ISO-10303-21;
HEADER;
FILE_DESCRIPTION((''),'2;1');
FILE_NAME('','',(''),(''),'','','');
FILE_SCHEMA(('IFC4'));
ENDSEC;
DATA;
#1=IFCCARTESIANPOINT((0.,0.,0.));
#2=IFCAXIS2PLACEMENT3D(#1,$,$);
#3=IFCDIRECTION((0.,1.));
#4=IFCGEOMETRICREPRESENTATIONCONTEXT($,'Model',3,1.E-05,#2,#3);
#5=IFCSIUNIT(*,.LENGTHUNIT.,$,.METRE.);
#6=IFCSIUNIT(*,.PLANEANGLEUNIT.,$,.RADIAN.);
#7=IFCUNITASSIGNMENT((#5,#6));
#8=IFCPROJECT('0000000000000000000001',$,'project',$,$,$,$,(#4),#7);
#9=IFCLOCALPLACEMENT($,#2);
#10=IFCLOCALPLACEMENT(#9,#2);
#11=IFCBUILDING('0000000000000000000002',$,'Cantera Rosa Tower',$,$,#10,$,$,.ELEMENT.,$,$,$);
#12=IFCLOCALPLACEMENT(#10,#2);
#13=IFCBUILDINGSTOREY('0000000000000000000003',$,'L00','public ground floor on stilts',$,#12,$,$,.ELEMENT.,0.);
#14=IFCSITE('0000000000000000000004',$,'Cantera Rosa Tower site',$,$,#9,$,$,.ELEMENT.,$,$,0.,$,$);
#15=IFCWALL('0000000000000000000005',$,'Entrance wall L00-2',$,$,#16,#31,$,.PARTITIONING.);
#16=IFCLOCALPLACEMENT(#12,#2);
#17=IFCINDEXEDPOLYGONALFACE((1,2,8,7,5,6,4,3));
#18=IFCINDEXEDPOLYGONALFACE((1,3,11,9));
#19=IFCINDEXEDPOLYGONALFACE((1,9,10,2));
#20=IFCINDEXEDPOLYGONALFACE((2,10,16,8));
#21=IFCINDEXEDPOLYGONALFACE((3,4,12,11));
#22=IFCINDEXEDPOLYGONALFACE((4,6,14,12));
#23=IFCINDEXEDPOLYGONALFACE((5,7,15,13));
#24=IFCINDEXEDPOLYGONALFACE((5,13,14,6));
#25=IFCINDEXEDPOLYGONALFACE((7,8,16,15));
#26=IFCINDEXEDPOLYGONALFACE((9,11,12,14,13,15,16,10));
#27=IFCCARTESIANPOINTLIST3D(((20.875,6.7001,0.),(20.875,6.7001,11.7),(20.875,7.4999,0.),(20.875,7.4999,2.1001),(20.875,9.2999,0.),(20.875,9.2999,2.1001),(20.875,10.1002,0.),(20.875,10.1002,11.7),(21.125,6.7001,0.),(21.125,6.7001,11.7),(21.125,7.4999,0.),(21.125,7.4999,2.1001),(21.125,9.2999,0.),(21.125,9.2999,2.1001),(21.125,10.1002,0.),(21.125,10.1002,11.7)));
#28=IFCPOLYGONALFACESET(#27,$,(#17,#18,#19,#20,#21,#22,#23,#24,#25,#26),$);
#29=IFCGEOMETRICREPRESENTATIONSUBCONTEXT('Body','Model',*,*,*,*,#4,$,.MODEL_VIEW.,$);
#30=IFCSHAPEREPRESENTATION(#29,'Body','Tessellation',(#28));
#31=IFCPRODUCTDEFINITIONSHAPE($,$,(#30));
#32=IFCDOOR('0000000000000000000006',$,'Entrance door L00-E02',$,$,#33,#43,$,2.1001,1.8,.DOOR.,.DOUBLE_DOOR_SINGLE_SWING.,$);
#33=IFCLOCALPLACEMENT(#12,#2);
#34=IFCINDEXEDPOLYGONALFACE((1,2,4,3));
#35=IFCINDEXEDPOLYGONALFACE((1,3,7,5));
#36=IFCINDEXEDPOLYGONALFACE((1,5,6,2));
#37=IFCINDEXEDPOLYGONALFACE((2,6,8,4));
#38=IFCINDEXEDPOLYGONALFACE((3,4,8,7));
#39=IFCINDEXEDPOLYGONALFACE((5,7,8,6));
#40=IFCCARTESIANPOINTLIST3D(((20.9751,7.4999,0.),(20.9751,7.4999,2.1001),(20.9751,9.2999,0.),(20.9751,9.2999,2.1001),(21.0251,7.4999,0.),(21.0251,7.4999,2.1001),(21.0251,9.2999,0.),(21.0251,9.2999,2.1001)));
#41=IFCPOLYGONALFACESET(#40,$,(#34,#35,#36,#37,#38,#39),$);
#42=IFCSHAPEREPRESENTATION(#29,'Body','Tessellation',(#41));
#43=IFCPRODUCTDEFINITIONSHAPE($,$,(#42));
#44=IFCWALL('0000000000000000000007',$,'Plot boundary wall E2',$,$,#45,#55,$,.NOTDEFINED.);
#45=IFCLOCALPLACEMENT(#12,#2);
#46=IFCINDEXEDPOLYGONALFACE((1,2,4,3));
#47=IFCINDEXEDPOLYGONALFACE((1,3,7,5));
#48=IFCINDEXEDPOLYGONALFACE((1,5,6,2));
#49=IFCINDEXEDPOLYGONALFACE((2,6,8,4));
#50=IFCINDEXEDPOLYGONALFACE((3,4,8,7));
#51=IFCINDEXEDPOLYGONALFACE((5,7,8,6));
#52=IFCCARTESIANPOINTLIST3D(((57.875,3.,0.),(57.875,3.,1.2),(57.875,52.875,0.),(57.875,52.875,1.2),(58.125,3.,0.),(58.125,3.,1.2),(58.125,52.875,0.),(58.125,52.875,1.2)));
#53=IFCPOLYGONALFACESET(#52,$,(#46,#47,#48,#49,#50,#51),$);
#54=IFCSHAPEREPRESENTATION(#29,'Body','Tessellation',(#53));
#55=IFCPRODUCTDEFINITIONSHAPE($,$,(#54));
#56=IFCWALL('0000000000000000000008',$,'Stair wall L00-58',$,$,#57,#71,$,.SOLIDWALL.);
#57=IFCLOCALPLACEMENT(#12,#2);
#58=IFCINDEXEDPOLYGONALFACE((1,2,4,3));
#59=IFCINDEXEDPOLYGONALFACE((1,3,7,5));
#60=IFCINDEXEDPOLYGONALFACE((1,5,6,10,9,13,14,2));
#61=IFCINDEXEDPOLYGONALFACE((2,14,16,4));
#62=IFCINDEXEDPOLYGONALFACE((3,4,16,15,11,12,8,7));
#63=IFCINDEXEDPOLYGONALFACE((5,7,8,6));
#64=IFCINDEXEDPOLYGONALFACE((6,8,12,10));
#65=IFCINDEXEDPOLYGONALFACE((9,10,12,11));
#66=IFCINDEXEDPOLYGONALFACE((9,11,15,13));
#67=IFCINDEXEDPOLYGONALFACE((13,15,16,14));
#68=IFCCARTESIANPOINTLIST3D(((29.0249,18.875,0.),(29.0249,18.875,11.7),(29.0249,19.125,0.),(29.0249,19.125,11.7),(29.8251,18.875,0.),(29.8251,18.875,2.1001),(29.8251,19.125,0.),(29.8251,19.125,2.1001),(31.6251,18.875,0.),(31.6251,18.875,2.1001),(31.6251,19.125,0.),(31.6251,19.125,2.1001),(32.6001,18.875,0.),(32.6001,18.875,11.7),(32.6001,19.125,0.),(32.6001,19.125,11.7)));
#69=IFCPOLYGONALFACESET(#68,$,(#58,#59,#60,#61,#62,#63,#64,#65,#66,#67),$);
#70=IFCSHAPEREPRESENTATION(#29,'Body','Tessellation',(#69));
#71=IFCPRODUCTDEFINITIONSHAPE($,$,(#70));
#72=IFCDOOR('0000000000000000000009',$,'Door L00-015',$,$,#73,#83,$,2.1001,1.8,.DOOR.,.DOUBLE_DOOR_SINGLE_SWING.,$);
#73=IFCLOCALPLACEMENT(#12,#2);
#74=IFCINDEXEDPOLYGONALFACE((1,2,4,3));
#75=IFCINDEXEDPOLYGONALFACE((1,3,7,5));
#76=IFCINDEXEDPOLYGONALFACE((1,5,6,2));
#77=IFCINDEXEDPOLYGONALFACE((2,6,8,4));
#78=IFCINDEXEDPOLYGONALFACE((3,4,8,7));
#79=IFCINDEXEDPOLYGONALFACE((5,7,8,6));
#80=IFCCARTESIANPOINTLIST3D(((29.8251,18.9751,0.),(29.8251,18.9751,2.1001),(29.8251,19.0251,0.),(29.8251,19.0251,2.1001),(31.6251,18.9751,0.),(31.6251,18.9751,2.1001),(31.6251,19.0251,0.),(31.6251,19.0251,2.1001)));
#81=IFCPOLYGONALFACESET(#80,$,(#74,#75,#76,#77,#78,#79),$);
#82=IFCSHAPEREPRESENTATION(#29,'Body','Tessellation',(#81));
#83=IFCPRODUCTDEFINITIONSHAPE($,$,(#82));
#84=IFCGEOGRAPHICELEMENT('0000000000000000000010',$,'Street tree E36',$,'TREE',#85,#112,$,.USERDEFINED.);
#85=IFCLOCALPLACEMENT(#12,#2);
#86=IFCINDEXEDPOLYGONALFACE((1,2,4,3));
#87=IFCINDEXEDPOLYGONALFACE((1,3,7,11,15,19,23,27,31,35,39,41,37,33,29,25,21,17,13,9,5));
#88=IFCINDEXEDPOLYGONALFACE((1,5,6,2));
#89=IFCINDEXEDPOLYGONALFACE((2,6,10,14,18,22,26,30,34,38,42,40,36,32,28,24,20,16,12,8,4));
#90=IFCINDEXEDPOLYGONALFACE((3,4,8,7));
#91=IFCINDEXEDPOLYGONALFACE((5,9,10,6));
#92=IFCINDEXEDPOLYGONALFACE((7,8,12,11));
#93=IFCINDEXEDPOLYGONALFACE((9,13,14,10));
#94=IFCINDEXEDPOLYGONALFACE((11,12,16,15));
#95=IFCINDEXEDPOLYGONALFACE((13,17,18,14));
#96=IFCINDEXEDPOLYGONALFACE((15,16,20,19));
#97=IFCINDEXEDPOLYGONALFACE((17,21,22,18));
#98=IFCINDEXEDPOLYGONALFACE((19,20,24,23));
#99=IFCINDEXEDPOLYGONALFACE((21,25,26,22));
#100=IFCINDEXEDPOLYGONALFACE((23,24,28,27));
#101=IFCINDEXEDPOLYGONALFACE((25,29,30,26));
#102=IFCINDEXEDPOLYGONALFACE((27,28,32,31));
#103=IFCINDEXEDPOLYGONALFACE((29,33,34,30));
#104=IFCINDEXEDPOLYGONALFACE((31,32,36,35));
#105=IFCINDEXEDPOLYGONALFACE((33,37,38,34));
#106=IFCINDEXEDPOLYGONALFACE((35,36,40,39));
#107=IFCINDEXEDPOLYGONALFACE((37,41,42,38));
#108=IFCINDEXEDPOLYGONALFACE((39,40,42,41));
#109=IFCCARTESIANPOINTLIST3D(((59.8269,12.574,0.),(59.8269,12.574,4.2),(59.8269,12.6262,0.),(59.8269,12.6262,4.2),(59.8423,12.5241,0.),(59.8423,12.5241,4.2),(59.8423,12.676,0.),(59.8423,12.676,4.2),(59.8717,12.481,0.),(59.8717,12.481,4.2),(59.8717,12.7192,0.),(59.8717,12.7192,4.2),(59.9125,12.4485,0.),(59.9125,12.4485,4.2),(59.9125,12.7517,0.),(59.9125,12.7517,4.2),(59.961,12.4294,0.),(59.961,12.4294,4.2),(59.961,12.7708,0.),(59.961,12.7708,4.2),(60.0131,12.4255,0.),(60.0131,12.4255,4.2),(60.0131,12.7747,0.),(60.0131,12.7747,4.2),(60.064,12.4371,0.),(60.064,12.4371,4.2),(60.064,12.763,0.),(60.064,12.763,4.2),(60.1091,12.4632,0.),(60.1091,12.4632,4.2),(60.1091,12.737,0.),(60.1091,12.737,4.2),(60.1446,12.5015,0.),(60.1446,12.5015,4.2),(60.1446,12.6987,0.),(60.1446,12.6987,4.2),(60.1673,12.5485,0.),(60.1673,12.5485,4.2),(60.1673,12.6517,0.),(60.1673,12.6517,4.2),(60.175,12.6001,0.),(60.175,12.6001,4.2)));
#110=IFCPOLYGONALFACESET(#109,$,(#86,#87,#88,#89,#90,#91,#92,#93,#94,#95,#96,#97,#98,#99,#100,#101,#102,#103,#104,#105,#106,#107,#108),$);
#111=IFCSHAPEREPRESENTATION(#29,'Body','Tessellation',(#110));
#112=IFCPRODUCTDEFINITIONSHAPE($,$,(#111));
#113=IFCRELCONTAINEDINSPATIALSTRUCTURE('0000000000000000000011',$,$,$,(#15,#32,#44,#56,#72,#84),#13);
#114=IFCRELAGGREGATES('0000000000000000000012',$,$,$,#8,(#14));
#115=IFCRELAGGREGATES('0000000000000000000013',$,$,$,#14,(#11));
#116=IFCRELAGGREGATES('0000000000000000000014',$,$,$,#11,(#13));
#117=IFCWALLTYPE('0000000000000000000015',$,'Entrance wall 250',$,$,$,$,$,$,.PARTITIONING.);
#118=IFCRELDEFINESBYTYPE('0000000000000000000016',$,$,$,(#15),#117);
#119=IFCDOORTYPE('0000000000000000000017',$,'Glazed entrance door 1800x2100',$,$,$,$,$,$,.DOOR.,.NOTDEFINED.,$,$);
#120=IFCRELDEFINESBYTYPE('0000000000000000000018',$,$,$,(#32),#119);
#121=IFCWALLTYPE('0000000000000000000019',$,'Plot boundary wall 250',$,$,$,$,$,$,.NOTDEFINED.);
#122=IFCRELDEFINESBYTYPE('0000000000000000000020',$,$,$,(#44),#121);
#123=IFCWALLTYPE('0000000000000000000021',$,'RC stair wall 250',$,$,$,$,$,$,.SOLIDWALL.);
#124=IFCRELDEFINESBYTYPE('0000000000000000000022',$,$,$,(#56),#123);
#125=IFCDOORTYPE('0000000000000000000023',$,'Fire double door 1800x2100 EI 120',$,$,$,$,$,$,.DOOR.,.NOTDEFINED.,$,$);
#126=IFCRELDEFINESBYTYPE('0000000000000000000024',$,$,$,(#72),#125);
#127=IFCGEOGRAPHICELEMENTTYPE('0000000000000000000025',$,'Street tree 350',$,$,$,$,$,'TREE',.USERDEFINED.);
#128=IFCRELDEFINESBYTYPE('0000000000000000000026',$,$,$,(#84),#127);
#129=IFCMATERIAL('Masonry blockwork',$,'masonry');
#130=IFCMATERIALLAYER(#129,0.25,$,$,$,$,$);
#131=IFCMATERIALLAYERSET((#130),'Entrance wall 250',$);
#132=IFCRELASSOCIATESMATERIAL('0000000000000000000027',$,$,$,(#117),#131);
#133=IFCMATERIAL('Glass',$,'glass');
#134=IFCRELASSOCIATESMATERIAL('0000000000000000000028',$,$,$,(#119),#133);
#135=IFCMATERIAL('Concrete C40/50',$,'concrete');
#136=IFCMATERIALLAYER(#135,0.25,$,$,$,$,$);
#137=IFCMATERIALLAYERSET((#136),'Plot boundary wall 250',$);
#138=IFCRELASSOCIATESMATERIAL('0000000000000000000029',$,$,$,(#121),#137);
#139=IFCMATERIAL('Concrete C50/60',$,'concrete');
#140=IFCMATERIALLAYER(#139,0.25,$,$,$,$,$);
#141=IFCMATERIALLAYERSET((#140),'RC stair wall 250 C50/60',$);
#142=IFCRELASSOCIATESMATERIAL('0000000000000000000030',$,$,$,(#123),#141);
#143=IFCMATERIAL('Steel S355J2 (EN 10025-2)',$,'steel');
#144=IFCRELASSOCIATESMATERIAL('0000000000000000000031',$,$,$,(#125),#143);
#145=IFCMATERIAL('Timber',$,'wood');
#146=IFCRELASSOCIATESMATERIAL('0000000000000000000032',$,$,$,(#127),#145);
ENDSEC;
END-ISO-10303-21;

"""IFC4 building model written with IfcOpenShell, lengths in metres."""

from ifc_helpers import new_model, si_unit, direction, frame, frame_2d, origin, origin_2d, place, context, subcontext, project, spatial, rectangle, circle, extrude, material, layer, layer_set, material_profile, profile_set, type_object, element, fill, save


model = new_model("IFC4")

# Units and contexts
model_context = context("Model", 3, precision=1e-05, world=origin(), true_north=direction((0.0, 1.0)))
body_context = subcontext(model_context, "Body", "Model", "MODEL_VIEW")
ifc_project = project(units=[si_unit("LENGTHUNIT", "METRE"), si_unit("PLANEANGLEUNIT", "RADIAN")], contexts=[model_context])

# Site, building, storey
site_placement = place(None, origin())
site = spatial("IfcSite", under=ifc_project, at=site_placement, Name="Cantera Rosa Tower site", CompositionType="ELEMENT", RefElevation=0.0)
building_placement = place(site_placement, origin())
building = spatial("IfcBuilding", under=site, at=building_placement, Name="Cantera Rosa Tower", CompositionType="ELEMENT")
storey_placement = place(building_placement, origin())
storey = spatial("IfcBuildingStorey", under=building, at=storey_placement, Name="L00", Description="public ground floor on stilts", CompositionType="ELEMENT", Elevation=0.0)

# Wall, opening, door
ifc_material_1 = material(Name="Masonry blockwork", Category="masonry")
ifc_layer_1 = layer(ifc_material_1, 0.25)
ifc_layer_set_1 = layer_set([ifc_layer_1], Name="Entrance wall 250")
wall_type_1 = type_object("IfcWallType", Name="Entrance wall 250", PredefinedType="PARTITIONING", material=ifc_layer_set_1)
wall_1_placement = place(storey_placement, frame((21.0, 6.7, 0.0), z_axis=(0.0, 0.0, 1.0), x_axis=(0.0, 1.0, 0.0)))
wall_1 = element("IfcWall", 1, at=wall_1_placement, inside=storey, type_object=wall_type_1, Name="Entrance wall L00-2", PredefinedType="PARTITIONING", context=body_context, shape_type="SweptSolid", body=[
    extrude(rectangle(XDim=3.4001, YDim=0.25, at=frame_2d((1.7002, 0.0))), origin(), (0.0, 0.0, 1.0), 11.7),
])
opening_1_placement = place(wall_1_placement, frame((0.8, 0.0, 0.0)))
opening_1 = element("IfcOpeningElement", 2, at=opening_1_placement, cuts=wall_1, PredefinedType="OPENING", context=body_context, shape_type="SweptSolid", body=[
    extrude(rectangle(XDim=1.8, YDim=2.1001, at=frame_2d((0.8999, 1.05))), frame((0.0, 0.135, 0.0), z_axis=(0.0, -1.0, 0.0), x_axis=(1.0, 0.0, 0.0)), (0.0, 0.0, 1.0), 0.27),
])
ifc_material_2 = material(Name="Glass", Category="glass")
door_type_1 = type_object("IfcDoorType", Name="Glazed entrance door 1800x2100", OperationType="NOTDEFINED", PredefinedType="DOOR", material=ifc_material_2)
door_1_placement = place(opening_1_placement, origin())
door_1 = element("IfcDoor", 3, at=door_1_placement, inside=storey, type_object=door_type_1, Name="Entrance door L00-E02", OperationType="DOUBLE_DOOR_SINGLE_SWING", OverallHeight=2.1001, OverallWidth=1.8, PredefinedType="DOOR", context=body_context, shape_type="SweptSolid", body=[
    extrude(rectangle(XDim=1.8, YDim=2.1001, at=frame_2d((0.8999, 1.05))), frame((0.0, 0.0249, 0.0), z_axis=(0.0, -1.0, 0.0), x_axis=(1.0, 0.0, 0.0)), (0.0, 0.0, 1.0), 0.05),
])
fill(opening_1, door_1)

# Wall
ifc_material_3 = material(Name="Concrete C40/50", Category="concrete")
ifc_layer_2 = layer(ifc_material_3, 0.25)
ifc_layer_set_2 = layer_set([ifc_layer_2], Name="Plot boundary wall 250")
wall_type_2 = type_object("IfcWallType", Name="Plot boundary wall 250", PredefinedType="NOTDEFINED", material=ifc_layer_set_2)
wall_2_placement = place(storey_placement, frame((58.0, 3.0, 0.0), z_axis=(0.0, 0.0, 1.0), x_axis=(0.0, 1.0, 0.0)))
element("IfcWall", 4, at=wall_2_placement, inside=storey, type_object=wall_type_2, Name="Plot boundary wall E2", PredefinedType="NOTDEFINED", context=body_context, shape_type="SweptSolid", body=[
    extrude(rectangle(XDim=49.875, YDim=0.25, at=frame_2d((24.9375, 0.0))), origin(), (0.0, 0.0, 1.0), 1.2),
])

# Wall, opening, door
ifc_material_4 = material(Name="Concrete C50/60", Category="concrete")
ifc_layer_3 = layer(ifc_material_4, 0.25)
ifc_layer_set_3 = layer_set([ifc_layer_3], Name="RC stair wall 250 C50/60")
wall_type_3 = type_object("IfcWallType", Name="RC stair wall 250", PredefinedType="SOLIDWALL", material=ifc_layer_set_3)
wall_3_placement = place(storey_placement, frame((32.6001, 19.0, 0.0), z_axis=(0.0, 0.0, 1.0), x_axis=(-1.0, 0.0, 0.0)))
wall_3 = element("IfcWall", 5, at=wall_3_placement, inside=storey, type_object=wall_type_3, Name="Stair wall L00-58", PredefinedType="SOLIDWALL", context=body_context, shape_type="SweptSolid", body=[
    extrude(rectangle(XDim=3.5752, YDim=0.25, at=frame_2d((1.7876, 0.0))), origin(), (0.0, 0.0, 1.0), 11.7),
])
opening_2_placement = place(wall_3_placement, frame((0.9751, 0.0, 0.0)))
opening_2 = element("IfcOpeningElement", 6, at=opening_2_placement, cuts=wall_3, PredefinedType="OPENING", context=body_context, shape_type="SweptSolid", body=[
    extrude(rectangle(XDim=1.8, YDim=2.1001, at=frame_2d((0.8999, 1.05))), frame((0.0, 0.135, 0.0), z_axis=(0.0, -1.0, 0.0), x_axis=(1.0, 0.0, 0.0)), (0.0, 0.0, 1.0), 0.27),
])
ifc_material_5 = material(Name="Steel S355J2 (EN 10025-2)", Category="steel")
door_type_2 = type_object("IfcDoorType", Name="Fire double door 1800x2100 EI 120", OperationType="NOTDEFINED", PredefinedType="DOOR", material=ifc_material_5)
door_2_placement = place(opening_2_placement, origin())
door_2 = element("IfcDoor", 7, at=door_2_placement, inside=storey, type_object=door_type_2, Name="Door L00-015", OperationType="DOUBLE_DOOR_SINGLE_SWING", OverallHeight=2.1001, OverallWidth=1.8, PredefinedType="DOOR", context=body_context, shape_type="SweptSolid", body=[
    extrude(rectangle(XDim=1.8, YDim=2.1001, at=frame_2d((0.8999, 1.05))), frame((0.0, 0.0249, 0.0), z_axis=(0.0, -1.0, 0.0), x_axis=(1.0, 0.0, 0.0)), (0.0, 0.0, 1.0), 0.05),
])
fill(opening_2, door_2)

# Geographic element
ifc_material_6 = material(Name="Timber", Category="wood")
ifc_material_profile_1 = material_profile(ifc_material_6, circle(Radius=0.175, at=origin_2d()), Name="Street tree 350")
ifc_profile_set_1 = profile_set([ifc_material_profile_1], Name="Timber")
geographic_element_type = type_object("IfcGeographicElementType", Name="Street tree 350", ElementType="TREE", PredefinedType="USERDEFINED", material=ifc_profile_set_1)
geographic_element_placement = place(storey_placement, frame((60.0, 12.6001, 0.0), z_axis=(0.0, 0.0, 1.0), x_axis=(1.0, 0.0, 0.0)))
element("IfcGeographicElement", 8, at=geographic_element_placement, inside=storey, type_object=geographic_element_type, Name="Street tree E36", ObjectType="TREE", PredefinedType="USERDEFINED", context=body_context, shape_type="SweptSolid", body=[
    extrude(circle(Radius=0.175, at=origin_2d()), origin(), (0.0, 0.0, 1.0), 4.2),
])

save(model, "model.ifc")
